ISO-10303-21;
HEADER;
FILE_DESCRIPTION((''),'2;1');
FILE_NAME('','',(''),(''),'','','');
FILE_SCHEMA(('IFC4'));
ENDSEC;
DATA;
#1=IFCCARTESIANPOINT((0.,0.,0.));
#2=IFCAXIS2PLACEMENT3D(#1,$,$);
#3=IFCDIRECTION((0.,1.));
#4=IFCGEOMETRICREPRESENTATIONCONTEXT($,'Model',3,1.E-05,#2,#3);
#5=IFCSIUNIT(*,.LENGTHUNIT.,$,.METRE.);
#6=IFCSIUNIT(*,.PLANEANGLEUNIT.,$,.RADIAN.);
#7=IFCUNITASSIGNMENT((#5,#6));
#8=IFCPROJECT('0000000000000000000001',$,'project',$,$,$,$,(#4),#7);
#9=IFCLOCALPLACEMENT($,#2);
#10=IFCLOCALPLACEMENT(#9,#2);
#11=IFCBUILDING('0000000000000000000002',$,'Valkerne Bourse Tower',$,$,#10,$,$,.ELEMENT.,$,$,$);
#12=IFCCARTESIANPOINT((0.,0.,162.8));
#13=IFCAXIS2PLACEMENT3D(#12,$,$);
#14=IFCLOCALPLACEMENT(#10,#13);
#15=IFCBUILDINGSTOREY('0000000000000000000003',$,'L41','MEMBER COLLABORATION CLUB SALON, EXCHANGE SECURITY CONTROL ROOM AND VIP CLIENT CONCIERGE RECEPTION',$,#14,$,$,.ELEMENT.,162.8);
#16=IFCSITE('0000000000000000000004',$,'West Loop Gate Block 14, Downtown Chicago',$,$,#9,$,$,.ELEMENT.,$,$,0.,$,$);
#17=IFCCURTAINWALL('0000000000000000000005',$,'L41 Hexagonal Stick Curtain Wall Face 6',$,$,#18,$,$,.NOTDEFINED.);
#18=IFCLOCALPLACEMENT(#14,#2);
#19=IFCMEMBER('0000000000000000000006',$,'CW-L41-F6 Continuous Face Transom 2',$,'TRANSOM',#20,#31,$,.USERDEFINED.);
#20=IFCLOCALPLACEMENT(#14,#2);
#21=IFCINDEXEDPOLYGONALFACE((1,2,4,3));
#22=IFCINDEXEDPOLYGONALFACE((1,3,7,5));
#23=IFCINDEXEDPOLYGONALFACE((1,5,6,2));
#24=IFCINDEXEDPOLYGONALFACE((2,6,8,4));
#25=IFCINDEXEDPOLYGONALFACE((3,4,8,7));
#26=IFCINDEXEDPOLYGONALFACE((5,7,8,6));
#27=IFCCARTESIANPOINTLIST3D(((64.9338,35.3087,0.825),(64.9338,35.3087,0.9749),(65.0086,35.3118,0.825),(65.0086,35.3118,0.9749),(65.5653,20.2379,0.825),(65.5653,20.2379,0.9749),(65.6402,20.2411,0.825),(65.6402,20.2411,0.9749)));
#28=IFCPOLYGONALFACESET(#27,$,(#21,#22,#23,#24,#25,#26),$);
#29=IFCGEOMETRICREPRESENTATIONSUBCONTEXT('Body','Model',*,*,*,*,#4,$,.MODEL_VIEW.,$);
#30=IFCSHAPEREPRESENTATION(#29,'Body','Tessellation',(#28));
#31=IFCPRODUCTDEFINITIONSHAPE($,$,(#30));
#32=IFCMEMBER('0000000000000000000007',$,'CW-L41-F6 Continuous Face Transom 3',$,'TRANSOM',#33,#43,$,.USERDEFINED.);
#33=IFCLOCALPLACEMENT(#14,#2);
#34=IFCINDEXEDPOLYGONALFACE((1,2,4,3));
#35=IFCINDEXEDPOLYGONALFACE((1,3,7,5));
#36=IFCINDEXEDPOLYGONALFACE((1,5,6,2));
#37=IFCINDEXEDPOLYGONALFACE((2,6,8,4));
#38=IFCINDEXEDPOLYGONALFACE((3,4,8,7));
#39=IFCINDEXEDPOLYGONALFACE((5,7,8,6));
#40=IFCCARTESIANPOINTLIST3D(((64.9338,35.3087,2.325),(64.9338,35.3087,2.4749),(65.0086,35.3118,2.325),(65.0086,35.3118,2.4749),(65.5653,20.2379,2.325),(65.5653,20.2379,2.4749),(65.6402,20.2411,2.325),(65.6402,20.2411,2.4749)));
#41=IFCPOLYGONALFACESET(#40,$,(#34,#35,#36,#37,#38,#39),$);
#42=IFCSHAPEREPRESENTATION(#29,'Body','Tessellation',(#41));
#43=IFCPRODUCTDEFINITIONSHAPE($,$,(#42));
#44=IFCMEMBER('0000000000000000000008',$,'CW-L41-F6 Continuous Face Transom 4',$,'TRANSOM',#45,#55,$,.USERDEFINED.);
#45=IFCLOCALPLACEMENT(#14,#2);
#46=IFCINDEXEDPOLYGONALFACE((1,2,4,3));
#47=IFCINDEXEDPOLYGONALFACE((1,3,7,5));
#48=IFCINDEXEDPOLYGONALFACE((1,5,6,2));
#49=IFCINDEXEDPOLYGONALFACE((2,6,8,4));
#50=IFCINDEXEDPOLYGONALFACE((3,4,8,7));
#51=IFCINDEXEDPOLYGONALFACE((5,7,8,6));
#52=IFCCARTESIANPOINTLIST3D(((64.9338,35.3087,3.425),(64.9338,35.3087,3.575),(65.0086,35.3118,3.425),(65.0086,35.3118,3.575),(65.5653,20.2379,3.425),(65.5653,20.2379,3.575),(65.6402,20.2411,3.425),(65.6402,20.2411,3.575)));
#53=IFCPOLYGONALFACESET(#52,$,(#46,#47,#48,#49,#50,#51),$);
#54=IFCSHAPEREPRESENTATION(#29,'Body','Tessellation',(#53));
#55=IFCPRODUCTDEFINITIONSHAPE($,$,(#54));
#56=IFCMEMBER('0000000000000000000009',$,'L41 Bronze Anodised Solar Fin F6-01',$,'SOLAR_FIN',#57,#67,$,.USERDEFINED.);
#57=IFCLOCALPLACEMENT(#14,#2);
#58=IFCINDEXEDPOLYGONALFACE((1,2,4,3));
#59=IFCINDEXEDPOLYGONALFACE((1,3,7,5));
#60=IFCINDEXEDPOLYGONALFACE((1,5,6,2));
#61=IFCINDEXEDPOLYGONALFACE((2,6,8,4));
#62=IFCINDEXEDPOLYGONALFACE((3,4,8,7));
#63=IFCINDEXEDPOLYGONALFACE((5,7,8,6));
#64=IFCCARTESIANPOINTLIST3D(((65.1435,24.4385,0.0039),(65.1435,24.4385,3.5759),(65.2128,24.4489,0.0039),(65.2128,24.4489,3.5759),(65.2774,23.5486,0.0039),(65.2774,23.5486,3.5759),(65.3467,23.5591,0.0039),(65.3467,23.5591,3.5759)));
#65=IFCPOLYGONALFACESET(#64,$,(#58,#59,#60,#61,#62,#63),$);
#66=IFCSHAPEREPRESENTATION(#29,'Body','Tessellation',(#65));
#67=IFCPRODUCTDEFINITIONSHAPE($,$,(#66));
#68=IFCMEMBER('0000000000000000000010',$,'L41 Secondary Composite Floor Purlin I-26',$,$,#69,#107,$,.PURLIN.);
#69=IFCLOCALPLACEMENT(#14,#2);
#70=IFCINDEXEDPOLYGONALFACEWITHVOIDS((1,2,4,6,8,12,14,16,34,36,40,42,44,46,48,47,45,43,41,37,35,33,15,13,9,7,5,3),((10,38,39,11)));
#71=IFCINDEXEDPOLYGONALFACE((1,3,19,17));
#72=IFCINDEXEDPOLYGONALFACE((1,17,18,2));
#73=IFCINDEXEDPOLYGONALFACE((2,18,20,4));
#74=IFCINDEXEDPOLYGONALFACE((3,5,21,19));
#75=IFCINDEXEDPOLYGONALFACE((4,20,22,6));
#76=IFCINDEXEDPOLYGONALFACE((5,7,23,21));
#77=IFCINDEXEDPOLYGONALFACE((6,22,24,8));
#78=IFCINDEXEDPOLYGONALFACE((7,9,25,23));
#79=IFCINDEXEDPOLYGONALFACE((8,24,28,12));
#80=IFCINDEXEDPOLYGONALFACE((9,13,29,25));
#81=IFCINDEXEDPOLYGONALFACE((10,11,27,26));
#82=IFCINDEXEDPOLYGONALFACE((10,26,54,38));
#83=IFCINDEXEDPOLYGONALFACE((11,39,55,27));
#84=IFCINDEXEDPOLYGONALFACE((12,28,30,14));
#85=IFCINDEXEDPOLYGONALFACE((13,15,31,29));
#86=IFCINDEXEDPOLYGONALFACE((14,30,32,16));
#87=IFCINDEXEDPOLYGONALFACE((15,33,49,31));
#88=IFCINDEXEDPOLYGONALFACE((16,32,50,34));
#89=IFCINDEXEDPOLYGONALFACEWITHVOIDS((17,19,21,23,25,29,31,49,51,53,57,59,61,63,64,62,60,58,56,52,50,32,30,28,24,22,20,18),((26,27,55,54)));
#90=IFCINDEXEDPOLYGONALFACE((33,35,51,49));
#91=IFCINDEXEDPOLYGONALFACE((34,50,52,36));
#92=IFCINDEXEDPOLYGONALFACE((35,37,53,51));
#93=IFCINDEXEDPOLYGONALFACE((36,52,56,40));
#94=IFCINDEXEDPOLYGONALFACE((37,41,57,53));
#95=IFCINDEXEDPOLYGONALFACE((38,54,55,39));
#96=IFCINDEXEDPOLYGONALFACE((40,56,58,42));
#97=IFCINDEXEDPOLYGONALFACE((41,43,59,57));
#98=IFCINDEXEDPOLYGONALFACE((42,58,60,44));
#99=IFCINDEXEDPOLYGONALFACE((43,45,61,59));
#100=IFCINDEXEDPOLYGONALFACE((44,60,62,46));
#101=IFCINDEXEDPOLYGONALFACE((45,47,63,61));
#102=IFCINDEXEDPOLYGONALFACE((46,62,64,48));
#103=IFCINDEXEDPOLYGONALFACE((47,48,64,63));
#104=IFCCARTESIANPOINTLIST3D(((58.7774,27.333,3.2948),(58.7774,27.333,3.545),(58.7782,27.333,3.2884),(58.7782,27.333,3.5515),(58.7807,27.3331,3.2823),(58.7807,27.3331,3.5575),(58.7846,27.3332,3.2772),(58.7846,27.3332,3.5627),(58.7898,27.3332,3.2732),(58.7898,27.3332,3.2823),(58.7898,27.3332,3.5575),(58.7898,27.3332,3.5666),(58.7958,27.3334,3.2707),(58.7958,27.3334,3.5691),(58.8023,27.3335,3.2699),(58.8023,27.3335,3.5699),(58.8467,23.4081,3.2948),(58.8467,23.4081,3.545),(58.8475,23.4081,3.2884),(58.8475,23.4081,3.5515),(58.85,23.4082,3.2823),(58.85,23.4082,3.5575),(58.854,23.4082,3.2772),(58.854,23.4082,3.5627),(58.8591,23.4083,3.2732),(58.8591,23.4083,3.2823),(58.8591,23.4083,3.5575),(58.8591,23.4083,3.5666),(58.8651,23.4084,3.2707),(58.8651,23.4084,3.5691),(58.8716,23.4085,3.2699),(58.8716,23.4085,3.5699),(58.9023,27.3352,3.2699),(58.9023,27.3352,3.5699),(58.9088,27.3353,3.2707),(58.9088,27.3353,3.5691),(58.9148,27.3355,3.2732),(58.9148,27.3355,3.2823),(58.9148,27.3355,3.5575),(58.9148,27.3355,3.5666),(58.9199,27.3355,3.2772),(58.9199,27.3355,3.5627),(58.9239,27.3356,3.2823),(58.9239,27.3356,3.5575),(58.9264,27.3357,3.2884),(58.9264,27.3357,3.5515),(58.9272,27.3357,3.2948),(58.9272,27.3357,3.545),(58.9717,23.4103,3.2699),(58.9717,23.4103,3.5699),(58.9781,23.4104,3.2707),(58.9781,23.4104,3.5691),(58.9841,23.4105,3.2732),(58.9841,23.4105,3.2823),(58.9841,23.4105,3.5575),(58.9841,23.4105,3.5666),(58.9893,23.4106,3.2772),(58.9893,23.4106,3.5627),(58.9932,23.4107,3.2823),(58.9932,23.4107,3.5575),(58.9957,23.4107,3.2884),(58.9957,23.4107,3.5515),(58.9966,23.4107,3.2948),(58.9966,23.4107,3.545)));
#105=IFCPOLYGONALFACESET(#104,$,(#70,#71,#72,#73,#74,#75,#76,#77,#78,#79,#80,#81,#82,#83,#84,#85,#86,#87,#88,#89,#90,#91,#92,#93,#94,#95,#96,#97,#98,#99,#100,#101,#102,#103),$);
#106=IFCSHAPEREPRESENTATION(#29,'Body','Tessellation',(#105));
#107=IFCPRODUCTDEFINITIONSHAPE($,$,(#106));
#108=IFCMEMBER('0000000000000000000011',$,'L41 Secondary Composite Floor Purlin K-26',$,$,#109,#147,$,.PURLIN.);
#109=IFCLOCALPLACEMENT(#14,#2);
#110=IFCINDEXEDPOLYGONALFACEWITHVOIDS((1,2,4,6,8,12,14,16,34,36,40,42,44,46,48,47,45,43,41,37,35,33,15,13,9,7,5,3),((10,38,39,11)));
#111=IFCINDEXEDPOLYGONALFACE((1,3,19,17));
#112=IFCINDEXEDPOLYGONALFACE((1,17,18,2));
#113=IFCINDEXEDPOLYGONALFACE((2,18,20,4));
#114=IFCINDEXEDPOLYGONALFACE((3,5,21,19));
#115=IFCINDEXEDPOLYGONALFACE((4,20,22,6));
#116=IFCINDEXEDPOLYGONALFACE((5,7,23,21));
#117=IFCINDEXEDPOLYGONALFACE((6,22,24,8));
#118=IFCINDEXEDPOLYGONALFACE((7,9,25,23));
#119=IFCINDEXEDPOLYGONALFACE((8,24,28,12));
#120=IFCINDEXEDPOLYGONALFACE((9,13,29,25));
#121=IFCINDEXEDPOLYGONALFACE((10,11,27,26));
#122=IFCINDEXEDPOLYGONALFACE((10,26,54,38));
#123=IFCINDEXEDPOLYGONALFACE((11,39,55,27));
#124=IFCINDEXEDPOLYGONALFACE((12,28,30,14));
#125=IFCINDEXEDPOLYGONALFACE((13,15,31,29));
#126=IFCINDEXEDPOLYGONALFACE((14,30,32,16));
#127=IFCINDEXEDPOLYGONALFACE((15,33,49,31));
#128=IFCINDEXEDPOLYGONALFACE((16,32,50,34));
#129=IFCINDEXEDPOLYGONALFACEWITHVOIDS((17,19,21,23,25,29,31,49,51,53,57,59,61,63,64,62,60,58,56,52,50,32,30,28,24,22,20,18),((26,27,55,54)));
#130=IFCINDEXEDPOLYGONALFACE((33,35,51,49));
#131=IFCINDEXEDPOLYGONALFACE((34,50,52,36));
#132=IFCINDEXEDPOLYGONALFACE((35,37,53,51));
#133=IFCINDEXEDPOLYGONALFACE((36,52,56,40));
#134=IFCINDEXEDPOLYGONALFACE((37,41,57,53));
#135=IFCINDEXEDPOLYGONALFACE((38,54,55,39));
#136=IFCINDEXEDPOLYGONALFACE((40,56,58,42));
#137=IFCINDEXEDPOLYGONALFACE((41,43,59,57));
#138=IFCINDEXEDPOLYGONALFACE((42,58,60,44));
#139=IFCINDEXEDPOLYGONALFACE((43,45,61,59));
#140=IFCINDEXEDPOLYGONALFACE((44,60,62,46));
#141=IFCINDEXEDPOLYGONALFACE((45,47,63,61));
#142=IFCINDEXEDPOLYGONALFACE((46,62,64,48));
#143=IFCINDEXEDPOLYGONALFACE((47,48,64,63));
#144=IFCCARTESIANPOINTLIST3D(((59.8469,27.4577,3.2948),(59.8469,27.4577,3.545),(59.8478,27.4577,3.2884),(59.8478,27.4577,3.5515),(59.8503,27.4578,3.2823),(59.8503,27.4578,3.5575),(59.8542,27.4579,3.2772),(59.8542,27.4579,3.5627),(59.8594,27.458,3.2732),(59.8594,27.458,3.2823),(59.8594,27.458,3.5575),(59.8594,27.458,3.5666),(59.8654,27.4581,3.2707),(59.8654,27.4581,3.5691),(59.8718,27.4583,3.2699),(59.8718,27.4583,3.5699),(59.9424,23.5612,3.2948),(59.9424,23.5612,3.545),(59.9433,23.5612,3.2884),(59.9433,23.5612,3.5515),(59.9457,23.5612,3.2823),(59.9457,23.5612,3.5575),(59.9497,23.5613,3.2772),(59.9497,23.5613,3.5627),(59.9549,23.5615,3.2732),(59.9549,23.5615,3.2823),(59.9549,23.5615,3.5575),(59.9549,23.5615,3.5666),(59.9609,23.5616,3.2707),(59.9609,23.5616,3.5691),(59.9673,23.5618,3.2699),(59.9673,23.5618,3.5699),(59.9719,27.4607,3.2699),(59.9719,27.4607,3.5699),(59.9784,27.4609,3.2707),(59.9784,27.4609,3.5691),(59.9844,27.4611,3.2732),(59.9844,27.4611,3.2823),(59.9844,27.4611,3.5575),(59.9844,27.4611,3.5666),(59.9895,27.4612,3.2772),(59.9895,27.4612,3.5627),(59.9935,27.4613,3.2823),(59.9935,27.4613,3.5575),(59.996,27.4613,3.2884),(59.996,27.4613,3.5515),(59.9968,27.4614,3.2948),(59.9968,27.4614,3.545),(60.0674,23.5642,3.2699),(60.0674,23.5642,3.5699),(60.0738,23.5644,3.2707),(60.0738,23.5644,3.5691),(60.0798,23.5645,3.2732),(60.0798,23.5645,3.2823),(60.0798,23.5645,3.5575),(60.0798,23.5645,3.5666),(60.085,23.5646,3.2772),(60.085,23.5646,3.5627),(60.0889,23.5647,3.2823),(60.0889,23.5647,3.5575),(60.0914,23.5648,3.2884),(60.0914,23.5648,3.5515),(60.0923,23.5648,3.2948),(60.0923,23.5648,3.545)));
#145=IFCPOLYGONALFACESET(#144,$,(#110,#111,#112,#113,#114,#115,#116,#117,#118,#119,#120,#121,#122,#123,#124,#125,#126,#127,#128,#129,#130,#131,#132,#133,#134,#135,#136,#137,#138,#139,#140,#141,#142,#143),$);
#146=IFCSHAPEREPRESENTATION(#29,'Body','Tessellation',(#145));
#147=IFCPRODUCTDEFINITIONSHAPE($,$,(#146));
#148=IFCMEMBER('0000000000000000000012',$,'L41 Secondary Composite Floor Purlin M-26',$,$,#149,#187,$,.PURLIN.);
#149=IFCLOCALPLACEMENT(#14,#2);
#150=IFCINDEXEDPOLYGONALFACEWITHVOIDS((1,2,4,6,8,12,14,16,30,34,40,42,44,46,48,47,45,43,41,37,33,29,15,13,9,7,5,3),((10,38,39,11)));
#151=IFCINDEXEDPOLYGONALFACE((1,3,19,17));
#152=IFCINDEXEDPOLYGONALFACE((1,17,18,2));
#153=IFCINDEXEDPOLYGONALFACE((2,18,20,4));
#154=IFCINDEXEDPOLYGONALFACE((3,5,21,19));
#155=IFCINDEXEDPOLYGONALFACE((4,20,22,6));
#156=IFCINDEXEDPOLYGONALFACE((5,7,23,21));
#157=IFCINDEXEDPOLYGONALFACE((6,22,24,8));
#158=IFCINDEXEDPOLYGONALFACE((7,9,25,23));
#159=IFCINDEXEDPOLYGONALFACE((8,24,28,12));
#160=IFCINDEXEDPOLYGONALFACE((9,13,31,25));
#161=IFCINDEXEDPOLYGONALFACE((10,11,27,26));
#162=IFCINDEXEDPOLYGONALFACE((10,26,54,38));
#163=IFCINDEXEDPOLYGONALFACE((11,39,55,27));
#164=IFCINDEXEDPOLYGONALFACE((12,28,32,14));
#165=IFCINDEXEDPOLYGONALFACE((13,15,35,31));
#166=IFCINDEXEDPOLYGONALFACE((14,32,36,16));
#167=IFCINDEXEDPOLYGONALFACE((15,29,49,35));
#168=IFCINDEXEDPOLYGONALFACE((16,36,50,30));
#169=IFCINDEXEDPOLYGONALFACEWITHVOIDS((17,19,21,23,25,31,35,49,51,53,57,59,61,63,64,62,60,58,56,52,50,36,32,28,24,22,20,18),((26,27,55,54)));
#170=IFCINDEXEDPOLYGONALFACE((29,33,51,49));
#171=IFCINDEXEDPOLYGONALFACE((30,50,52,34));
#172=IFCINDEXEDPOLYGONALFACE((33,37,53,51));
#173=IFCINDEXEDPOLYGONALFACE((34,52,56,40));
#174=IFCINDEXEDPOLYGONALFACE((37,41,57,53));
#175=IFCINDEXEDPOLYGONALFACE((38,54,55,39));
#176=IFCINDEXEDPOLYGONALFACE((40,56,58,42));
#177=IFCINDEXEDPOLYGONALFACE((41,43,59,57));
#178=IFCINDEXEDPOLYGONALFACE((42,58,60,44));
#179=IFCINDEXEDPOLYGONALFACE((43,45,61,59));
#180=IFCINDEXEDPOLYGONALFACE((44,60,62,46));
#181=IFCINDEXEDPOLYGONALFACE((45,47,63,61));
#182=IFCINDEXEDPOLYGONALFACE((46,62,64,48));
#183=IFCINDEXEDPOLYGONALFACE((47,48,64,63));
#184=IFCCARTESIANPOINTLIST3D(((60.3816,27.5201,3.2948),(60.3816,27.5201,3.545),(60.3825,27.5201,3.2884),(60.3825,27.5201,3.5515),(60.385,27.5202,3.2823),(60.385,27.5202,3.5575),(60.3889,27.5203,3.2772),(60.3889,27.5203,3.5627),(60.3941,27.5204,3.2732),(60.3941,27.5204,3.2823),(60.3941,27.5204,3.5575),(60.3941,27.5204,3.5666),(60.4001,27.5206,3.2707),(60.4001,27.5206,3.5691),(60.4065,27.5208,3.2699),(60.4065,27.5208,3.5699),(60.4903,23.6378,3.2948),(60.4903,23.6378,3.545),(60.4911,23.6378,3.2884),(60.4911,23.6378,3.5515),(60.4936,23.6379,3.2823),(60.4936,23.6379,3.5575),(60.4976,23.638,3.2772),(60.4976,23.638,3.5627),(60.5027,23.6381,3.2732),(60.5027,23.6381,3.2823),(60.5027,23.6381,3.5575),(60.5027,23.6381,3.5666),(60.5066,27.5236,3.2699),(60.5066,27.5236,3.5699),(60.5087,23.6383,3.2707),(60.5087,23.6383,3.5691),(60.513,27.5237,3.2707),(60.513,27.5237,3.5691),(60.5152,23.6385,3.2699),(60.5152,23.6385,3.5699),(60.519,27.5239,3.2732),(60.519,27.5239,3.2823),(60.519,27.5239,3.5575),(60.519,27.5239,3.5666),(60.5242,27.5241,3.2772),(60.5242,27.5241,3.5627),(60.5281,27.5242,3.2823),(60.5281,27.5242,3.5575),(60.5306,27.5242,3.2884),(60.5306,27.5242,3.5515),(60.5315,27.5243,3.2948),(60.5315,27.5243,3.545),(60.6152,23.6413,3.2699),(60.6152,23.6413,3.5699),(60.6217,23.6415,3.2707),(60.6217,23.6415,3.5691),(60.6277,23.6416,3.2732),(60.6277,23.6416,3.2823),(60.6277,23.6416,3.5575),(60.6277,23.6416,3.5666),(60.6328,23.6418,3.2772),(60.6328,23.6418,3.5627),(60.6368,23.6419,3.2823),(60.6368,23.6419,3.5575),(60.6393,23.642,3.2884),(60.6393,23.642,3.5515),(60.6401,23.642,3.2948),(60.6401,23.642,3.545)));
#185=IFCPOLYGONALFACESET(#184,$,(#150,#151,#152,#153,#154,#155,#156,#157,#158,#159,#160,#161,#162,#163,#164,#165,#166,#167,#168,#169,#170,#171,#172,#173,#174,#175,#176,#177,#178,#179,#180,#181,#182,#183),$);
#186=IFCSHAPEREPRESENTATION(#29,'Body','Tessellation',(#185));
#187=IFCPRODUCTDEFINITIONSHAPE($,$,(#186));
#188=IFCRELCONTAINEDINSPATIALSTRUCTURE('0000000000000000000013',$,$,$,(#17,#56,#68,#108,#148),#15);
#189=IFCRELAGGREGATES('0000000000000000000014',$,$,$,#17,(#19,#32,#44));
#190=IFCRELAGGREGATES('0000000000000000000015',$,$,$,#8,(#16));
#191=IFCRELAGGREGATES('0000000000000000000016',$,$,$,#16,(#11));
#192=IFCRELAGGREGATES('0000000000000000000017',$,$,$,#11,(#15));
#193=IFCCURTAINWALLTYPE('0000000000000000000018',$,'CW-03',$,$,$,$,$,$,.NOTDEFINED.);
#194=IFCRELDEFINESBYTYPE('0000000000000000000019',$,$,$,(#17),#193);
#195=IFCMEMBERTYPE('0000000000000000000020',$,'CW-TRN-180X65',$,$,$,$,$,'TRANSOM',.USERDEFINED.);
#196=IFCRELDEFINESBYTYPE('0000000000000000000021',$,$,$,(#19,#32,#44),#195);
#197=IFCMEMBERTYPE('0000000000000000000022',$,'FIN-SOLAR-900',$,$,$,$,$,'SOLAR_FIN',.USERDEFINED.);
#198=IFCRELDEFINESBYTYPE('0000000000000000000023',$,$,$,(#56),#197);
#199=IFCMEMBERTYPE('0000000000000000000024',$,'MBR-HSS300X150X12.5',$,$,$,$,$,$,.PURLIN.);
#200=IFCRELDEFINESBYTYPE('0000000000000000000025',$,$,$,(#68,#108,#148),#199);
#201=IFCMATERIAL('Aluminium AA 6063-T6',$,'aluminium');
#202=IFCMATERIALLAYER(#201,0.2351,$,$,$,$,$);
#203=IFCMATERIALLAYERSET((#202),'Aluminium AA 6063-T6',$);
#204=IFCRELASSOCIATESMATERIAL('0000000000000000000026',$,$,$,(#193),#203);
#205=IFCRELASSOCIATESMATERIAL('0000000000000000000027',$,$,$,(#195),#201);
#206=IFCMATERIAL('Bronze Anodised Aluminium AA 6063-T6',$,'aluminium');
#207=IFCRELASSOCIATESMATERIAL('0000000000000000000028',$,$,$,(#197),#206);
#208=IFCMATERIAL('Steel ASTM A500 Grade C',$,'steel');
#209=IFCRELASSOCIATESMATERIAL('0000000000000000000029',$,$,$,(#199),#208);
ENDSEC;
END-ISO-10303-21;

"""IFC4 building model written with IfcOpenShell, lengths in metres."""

from ifc_helpers import new_model, si_unit, direction, frame, origin, origin_2d, place, context, subcontext, project, spatial, rectangle, hollow_rectangle, extrude, material, layer, layer_set, material_profile, profile_set, type_object, element, aggregate, save


model = new_model("IFC4")

# Units and contexts
model_context = context("Model", 3, precision=1e-05, world=origin(), true_north=direction((0.0, 1.0)))
body_context = subcontext(model_context, "Body", "Model", "MODEL_VIEW")
ifc_project = project(units=[si_unit("LENGTHUNIT", "METRE"), si_unit("PLANEANGLEUNIT", "RADIAN")], contexts=[model_context])

# Site, building, storey
site_placement = place(None, origin())
site = spatial("IfcSite", under=ifc_project, at=site_placement, Name="West Loop Gate Block 14, Downtown Chicago", CompositionType="ELEMENT", RefElevation=0.0)
building_placement = place(site_placement, origin())
building = spatial("IfcBuilding", under=site, at=building_placement, Name="Valkerne Bourse Tower", CompositionType="ELEMENT")
storey_placement = place(building_placement, frame((0.0, 0.0, 162.8)))
storey = spatial("IfcBuildingStorey", under=building, at=storey_placement, Name="L41", Description="MEMBER COLLABORATION CLUB SALON, EXCHANGE SECURITY CONTROL ROOM AND VIP CLIENT CONCIERGE RECEPTION", CompositionType="ELEMENT", Elevation=162.8)

# Curtain wall, members
ifc_material_1 = material(Name="Aluminium AA 6063-T6", Category="aluminium")
ifc_layer_1 = layer(ifc_material_1, 0.2351)
ifc_layer_set_1 = layer_set([ifc_layer_1], Name="Aluminium AA 6063-T6")
curtain_wall_type = type_object("IfcCurtainWallType", Name="CW-03", PredefinedType="NOTDEFINED", material=ifc_layer_set_1)
curtain_wall_placement = place(storey_placement, origin())
curtain_wall = element("IfcCurtainWall", 1, at=curtain_wall_placement, inside=storey, type_object=curtain_wall_type, Name="L41 Hexagonal Stick Curtain Wall Face 6", PredefinedType="NOTDEFINED")
ifc_material_profile_1 = material_profile(ifc_material_1, rectangle(XDim=0.075, YDim=0.1499, at=origin_2d()), Name="CWT-75X150")
ifc_profile_set_1 = profile_set([ifc_material_profile_1], Name="Aluminium AA 6063-T6")
member_type_1 = type_object("IfcMemberType", Name="CW-TRN-180X65", ElementType="TRANSOM", PredefinedType="USERDEFINED", material=ifc_profile_set_1)
member_1_placement = place(storey_placement, frame((65.6028, 20.2395, 0.8999), z_axis=(-0.041872, 0.999123, 0.0), x_axis=(-0.999123, -0.041872, 0.0)))
member_1 = element("IfcMember", 2, at=member_1_placement, type_object=member_type_1, Name="CW-L41-F6 Continuous Face Transom 2", ObjectType="TRANSOM", PredefinedType="USERDEFINED", context=body_context, shape_type="SweptSolid", body=[
    extrude(rectangle(XDim=0.075, YDim=0.1499, at=origin_2d()), origin(), (0.0, 0.0, 1.0), 15.084),
])
member_2_placement = place(storey_placement, frame((65.6028, 20.2395, 2.3999), z_axis=(-0.041872, 0.999123, 0.0), x_axis=(-0.999123, -0.041872, 0.0)))
member_2 = element("IfcMember", 3, at=member_2_placement, type_object=member_type_1, Name="CW-L41-F6 Continuous Face Transom 3", ObjectType="TRANSOM", PredefinedType="USERDEFINED", context=body_context, shape_type="SweptSolid", body=[
    extrude(rectangle(XDim=0.075, YDim=0.1499, at=origin_2d()), origin(), (0.0, 0.0, 1.0), 15.084),
])
member_3_placement = place(storey_placement, frame((65.6028, 20.2395, 3.5), z_axis=(-0.041872, 0.999123, 0.0), x_axis=(-0.999123, -0.041872, 0.0)))
member_3 = element("IfcMember", 4, at=member_3_placement, type_object=member_type_1, Name="CW-L41-F6 Continuous Face Transom 4", ObjectType="TRANSOM", PredefinedType="USERDEFINED", context=body_context, shape_type="SweptSolid", body=[
    extrude(rectangle(XDim=0.075, YDim=0.1499, at=origin_2d()), origin(), (0.0, 0.0, 1.0), 15.084),
])

# Members
ifc_material_2 = material(Name="Bronze Anodised Aluminium AA 6063-T6", Category="aluminium")
ifc_material_profile_2 = material_profile(ifc_material_2, rectangle(XDim=0.0701, YDim=0.8999, at=origin_2d()), Name="FIN-70X900")
ifc_profile_set_2 = profile_set([ifc_material_profile_2], Name="Bronze Anodised Aluminium AA 6063-T6")
member_type_2 = type_object("IfcMemberType", Name="FIN-SOLAR-900", ElementType="SOLAR_FIN", PredefinedType="USERDEFINED", material=ifc_profile_set_2)
member_4_placement = place(storey_placement, frame((65.2451, 23.9988, 0.0039), z_axis=(0.0, 0.0, 1.0), x_axis=(0.988863, 0.148828, 0.0)))
element("IfcMember", 5, at=member_4_placement, inside=storey, type_object=member_type_2, Name="L41 Bronze Anodised Solar Fin F6-01", ObjectType="SOLAR_FIN", PredefinedType="USERDEFINED", context=body_context, shape_type="SweptSolid", body=[
    extrude(rectangle(XDim=0.0701, YDim=0.8999, at=origin_2d()), origin(), (0.0, 0.0, 1.0), 3.572),
])
ifc_material_3 = material(Name="Steel ASTM A500 Grade C", Category="steel")
ifc_material_profile_3 = material_profile(ifc_material_3, hollow_rectangle(XDim=0.1499, YDim=0.3, WallThickness=0.0125, OuterFilletRadius=0.0249, at=origin_2d()), Name="HSS300X150X12.5")
ifc_profile_set_3 = profile_set([ifc_material_profile_3], Name="Steel ASTM A500 Grade C")
member_type_3 = type_object("IfcMemberType", Name="MBR-HSS300X150X12.5", PredefinedType="PURLIN", material=ifc_profile_set_3)
member_5_placement = place(storey_placement, frame((58.9216, 23.4094, 3.4199), z_axis=(-0.017663, 0.999844, 0.0), x_axis=(-0.999844, -0.017663, 0.0)))
element("IfcMember", 6, at=member_5_placement, inside=storey, type_object=member_type_3, Name="L41 Secondary Composite Floor Purlin I-26", PredefinedType="PURLIN", context=body_context, shape_type="SweptSolid", body=[
    extrude(hollow_rectangle(XDim=0.1499, YDim=0.3, WallThickness=0.0125, OuterFilletRadius=0.0249, at=origin_2d()), origin(), (0.0, 0.0, 1.0), 3.9255),
])
member_6_placement = place(storey_placement, frame((60.0173, 23.563, 3.4199), z_axis=(-0.024491, 0.9997, 0.0), x_axis=(-0.9997, -0.024491, 0.0)))
element("IfcMember", 7, at=member_6_placement, inside=storey, type_object=member_type_3, Name="L41 Secondary Composite Floor Purlin K-26", PredefinedType="PURLIN", context=body_context, shape_type="SweptSolid", body=[
    extrude(hollow_rectangle(XDim=0.1499, YDim=0.3, WallThickness=0.0125, OuterFilletRadius=0.0249, at=origin_2d()), origin(), (0.0, 0.0, 1.0), 3.8977),
])
member_7_placement = place(storey_placement, frame((60.5652, 23.6399, 3.4199), z_axis=(-0.027973, 0.999609, 0.0), x_axis=(-0.999609, -0.027973, 0.0)))
element("IfcMember", 8, at=member_7_placement, inside=storey, type_object=member_type_3, Name="L41 Secondary Composite Floor Purlin M-26", PredefinedType="PURLIN", context=body_context, shape_type="SweptSolid", body=[
    extrude(hollow_rectangle(XDim=0.1499, YDim=0.3, WallThickness=0.0125, OuterFilletRadius=0.0249, at=origin_2d()), origin(), (0.0, 0.0, 1.0), 3.8838),
])

aggregate(curtain_wall, [member_1, member_2, member_3])

save(model, "model.ifc")
